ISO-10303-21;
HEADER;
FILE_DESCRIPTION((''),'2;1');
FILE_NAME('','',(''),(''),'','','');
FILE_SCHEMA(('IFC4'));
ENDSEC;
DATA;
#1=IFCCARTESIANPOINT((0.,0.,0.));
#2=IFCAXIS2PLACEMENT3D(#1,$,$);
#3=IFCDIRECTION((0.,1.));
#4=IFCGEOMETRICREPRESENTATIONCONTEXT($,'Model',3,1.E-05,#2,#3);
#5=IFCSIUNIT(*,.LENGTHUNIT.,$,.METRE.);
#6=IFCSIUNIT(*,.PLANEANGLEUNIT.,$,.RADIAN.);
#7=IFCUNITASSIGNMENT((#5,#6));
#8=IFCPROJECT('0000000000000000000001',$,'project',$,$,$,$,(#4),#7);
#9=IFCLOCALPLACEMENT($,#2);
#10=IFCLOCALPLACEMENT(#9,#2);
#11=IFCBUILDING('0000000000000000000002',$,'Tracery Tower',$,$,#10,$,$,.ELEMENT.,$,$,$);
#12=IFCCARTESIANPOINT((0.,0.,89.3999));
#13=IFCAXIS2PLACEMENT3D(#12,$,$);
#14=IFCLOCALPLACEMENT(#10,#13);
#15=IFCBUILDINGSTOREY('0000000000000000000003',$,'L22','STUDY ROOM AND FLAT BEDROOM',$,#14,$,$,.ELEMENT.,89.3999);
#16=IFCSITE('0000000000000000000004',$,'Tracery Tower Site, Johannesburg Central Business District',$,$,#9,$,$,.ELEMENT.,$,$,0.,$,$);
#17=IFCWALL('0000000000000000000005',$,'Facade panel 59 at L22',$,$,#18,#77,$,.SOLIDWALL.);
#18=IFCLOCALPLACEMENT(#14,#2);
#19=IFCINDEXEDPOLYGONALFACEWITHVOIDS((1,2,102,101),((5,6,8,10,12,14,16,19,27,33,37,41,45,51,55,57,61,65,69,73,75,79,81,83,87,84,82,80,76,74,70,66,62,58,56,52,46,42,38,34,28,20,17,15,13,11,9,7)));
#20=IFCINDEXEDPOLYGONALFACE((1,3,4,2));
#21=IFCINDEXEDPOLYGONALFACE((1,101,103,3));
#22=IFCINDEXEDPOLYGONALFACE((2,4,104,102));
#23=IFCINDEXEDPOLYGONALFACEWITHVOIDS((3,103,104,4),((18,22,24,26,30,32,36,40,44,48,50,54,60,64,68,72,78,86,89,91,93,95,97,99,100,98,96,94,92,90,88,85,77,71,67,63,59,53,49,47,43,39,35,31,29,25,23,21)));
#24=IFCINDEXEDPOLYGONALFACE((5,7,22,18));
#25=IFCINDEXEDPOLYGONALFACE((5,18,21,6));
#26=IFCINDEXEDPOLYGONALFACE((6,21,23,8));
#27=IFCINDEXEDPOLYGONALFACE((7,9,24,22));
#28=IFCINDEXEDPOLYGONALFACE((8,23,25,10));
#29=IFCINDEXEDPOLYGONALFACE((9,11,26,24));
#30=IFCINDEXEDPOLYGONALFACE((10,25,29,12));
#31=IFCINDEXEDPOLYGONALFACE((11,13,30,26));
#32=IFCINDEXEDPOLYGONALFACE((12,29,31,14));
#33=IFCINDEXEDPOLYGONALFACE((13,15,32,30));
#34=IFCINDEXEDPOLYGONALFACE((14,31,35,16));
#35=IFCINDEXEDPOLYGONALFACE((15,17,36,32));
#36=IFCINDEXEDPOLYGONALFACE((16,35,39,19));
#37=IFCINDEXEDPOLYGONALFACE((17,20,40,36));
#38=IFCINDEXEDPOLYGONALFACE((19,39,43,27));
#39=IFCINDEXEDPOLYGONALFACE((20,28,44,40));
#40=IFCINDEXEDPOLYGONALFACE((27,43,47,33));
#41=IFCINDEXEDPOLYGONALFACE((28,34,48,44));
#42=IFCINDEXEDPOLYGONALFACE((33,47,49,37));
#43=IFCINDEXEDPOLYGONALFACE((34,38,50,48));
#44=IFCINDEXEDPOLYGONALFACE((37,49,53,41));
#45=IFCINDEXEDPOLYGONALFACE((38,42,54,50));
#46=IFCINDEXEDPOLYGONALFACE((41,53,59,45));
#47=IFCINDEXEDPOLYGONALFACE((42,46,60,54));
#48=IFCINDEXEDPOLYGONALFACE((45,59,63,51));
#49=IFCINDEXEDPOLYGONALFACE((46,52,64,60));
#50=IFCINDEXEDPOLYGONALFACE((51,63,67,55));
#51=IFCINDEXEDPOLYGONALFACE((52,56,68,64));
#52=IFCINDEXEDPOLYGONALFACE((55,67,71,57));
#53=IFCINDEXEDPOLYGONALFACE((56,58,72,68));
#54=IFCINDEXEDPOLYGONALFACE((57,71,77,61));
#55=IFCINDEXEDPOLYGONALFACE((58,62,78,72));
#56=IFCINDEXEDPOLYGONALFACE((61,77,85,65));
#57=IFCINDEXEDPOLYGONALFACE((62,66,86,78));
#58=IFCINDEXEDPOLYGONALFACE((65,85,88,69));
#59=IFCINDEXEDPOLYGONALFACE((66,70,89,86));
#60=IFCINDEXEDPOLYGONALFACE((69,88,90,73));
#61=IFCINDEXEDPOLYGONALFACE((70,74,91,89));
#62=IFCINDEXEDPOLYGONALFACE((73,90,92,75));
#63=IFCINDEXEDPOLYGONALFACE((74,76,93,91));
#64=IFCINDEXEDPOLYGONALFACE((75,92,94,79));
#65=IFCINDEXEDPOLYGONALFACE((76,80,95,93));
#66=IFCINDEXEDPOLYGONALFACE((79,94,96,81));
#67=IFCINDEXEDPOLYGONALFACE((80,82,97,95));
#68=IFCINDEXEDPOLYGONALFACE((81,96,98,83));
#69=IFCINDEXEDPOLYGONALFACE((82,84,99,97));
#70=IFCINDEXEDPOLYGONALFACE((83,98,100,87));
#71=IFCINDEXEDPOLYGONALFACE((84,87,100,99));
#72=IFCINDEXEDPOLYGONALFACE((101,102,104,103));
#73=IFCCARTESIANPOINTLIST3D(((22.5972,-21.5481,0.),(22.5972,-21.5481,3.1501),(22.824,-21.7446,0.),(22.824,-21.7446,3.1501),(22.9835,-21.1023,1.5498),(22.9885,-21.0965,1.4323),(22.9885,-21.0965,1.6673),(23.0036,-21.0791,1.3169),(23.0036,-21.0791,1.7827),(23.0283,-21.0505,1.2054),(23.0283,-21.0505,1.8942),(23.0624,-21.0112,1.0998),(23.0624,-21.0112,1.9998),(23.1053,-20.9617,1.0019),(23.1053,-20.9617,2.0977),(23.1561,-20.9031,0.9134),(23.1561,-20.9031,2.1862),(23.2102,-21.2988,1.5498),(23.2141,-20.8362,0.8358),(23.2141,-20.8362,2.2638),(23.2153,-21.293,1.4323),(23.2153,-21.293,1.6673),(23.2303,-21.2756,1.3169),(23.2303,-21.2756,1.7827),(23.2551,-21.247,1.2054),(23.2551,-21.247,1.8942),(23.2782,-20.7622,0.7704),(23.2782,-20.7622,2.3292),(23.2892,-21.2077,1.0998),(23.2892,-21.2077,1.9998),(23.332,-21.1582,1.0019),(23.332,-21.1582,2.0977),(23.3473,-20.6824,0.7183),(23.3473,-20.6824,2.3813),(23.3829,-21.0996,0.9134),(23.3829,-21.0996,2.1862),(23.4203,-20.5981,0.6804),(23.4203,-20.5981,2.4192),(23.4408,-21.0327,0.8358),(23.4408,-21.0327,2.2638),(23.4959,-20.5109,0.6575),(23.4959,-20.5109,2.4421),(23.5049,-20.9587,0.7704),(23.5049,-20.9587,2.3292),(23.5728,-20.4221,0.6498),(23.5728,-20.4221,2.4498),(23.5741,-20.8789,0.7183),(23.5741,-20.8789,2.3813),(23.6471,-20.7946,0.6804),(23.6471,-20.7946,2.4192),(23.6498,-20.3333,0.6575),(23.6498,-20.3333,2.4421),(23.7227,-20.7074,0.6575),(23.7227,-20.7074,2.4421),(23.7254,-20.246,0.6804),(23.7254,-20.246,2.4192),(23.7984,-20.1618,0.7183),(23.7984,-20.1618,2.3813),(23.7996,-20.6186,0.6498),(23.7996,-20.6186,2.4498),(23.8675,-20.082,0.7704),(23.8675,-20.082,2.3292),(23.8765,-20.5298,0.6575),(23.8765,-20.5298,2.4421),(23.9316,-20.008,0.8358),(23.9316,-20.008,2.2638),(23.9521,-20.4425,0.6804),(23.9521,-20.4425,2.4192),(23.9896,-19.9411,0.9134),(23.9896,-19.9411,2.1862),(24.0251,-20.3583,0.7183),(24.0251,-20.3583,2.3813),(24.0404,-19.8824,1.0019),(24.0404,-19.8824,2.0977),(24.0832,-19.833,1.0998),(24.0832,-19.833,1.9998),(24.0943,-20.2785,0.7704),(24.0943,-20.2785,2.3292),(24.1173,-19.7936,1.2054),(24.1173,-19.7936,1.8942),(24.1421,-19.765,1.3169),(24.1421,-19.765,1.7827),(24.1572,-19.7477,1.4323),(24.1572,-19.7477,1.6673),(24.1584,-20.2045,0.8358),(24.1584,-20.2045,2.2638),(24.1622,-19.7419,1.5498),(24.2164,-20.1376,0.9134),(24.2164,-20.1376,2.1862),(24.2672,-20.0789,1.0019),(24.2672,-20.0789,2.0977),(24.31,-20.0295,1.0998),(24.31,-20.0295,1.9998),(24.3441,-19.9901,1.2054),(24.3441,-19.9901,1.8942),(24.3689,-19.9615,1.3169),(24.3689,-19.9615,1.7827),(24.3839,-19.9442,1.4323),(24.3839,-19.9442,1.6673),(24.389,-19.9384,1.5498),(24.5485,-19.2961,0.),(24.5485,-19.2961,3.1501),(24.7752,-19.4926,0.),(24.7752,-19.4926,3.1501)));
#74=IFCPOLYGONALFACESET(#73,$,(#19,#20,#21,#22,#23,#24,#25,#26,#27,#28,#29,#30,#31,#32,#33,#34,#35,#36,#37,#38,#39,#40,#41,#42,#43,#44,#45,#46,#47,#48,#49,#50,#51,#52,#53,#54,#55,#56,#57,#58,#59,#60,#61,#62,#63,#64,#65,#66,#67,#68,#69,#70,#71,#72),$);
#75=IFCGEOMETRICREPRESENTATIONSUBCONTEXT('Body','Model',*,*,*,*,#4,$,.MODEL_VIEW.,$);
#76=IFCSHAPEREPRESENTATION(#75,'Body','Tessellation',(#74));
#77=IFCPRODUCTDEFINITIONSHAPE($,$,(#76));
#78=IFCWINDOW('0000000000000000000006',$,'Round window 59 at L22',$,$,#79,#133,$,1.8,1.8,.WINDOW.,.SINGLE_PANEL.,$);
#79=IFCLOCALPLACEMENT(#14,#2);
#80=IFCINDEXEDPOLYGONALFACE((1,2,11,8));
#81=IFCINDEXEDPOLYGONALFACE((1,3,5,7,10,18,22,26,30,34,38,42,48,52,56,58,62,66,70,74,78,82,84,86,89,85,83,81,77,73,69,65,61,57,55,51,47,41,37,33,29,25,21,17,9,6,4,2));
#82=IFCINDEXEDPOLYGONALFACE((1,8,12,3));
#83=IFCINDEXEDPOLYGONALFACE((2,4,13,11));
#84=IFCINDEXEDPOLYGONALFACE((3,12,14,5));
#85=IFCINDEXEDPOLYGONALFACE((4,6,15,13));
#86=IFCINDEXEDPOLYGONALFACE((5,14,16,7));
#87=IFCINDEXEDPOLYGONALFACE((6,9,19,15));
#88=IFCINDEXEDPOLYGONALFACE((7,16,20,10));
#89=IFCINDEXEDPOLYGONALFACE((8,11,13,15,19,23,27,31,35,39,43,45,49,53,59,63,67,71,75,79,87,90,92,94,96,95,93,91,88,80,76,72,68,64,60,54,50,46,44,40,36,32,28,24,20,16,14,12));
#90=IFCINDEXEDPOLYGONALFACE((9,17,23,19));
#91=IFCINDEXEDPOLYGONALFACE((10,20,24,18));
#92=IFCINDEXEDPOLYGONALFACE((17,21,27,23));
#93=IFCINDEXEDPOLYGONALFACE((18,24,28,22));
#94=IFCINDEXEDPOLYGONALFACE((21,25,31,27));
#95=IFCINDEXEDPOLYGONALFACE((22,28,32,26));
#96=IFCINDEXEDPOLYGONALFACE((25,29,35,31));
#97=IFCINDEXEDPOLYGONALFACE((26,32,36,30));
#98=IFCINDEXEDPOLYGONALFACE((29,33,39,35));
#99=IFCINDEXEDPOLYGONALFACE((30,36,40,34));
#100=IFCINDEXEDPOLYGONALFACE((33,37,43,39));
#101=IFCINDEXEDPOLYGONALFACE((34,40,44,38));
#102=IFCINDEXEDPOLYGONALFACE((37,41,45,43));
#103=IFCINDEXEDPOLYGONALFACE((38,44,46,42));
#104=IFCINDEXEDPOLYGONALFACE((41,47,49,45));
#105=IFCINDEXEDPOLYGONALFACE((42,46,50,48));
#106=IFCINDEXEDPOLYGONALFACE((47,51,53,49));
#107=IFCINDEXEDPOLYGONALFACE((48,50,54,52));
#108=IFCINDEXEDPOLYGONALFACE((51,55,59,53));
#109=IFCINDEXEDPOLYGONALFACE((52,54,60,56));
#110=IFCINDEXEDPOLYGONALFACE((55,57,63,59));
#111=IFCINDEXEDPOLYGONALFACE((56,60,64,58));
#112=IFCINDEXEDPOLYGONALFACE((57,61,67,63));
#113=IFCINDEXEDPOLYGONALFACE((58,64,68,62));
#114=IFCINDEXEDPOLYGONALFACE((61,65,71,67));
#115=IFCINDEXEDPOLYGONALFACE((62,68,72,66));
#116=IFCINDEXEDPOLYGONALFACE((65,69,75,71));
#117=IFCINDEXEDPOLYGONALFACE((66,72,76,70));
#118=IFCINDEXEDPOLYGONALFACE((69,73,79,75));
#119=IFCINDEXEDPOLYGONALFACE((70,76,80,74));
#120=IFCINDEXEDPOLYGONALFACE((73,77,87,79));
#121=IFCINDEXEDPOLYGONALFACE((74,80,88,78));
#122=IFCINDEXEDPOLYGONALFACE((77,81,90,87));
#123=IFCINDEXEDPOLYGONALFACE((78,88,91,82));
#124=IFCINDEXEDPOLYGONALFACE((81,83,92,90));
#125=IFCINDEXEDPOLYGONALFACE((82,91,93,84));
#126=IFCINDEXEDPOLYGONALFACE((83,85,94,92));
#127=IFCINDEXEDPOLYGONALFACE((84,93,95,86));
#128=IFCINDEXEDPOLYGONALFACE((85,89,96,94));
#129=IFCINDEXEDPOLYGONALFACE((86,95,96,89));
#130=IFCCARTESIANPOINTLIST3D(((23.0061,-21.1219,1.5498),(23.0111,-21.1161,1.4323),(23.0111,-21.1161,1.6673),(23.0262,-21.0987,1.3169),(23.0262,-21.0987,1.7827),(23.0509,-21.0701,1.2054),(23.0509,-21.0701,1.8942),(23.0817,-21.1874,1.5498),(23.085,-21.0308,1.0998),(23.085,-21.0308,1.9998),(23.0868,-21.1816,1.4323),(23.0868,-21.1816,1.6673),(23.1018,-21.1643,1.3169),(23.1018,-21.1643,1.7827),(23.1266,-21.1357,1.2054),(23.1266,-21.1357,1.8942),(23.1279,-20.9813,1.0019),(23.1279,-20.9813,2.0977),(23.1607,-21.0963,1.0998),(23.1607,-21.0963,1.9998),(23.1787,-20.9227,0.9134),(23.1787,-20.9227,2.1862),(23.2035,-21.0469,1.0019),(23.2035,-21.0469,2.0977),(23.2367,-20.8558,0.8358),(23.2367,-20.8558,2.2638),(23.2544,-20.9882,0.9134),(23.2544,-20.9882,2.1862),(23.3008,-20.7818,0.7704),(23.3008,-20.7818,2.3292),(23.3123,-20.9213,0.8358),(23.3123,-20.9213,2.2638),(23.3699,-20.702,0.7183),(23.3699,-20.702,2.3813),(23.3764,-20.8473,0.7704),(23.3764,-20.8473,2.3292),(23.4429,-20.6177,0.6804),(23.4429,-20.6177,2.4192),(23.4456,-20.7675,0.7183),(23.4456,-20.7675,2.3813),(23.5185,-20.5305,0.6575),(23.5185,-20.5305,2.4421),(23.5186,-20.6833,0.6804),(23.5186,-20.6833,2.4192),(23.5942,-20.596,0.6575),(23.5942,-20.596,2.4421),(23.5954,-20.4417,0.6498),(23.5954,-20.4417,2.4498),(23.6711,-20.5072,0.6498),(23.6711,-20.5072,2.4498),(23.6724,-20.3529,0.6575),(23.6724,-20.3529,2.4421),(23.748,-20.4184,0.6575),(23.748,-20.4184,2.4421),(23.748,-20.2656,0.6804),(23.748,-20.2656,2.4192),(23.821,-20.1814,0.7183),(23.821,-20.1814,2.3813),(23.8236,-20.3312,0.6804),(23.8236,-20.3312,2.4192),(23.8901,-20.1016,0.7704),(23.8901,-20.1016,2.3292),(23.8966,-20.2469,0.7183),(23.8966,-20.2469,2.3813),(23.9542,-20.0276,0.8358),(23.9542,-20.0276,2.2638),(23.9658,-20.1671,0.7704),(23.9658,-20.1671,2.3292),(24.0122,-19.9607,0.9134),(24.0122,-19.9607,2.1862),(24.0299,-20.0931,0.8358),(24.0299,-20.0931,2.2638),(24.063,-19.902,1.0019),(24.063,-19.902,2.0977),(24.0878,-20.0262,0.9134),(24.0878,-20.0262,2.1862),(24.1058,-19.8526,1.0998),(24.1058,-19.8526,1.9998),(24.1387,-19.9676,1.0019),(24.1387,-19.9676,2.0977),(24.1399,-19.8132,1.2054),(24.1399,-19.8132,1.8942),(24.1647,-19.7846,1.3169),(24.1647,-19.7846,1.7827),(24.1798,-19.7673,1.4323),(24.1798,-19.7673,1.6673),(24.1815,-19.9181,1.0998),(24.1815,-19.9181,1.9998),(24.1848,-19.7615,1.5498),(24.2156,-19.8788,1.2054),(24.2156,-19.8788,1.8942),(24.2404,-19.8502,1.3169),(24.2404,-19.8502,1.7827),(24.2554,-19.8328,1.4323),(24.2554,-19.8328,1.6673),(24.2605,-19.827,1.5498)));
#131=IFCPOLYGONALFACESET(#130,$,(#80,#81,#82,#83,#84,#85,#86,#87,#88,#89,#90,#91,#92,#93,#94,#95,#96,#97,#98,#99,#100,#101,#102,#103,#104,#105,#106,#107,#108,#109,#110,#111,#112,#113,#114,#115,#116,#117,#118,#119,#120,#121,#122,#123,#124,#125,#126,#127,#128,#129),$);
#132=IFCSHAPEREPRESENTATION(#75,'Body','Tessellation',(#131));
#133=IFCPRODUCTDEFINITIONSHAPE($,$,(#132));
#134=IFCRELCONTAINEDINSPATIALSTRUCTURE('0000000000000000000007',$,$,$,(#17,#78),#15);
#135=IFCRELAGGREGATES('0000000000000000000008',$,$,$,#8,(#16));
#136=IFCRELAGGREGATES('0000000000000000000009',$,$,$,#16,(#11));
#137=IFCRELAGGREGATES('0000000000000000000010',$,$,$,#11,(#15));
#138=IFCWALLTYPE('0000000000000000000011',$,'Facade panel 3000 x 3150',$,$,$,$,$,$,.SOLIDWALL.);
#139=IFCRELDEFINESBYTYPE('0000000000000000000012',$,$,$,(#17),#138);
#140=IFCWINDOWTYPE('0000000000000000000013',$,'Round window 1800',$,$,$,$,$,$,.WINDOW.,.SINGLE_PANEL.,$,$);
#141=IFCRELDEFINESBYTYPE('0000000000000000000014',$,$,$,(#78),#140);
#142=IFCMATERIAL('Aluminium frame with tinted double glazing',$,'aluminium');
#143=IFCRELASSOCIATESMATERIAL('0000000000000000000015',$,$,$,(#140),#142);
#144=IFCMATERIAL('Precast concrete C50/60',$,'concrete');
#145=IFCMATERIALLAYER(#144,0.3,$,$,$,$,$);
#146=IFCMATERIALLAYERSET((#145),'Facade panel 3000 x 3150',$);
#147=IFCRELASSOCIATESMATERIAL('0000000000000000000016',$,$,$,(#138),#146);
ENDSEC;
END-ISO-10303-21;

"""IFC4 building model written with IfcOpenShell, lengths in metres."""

from ifc_helpers import new_model, si_unit, direction, frame, frame_2d, origin, origin_2d, place, context, subcontext, project, spatial, rectangle, circle, extrude, material, layer, layer_set, type_object, element, fill, save


model = new_model("IFC4")

# Units and contexts
model_context = context("Model", 3, precision=1e-05, world=origin(), true_north=direction((0.0, 1.0)))
body_context = subcontext(model_context, "Body", "Model", "MODEL_VIEW")
ifc_project = project(units=[si_unit("LENGTHUNIT", "METRE"), si_unit("PLANEANGLEUNIT", "RADIAN")], contexts=[model_context])

# Site, building, storey
site_placement = place(None, origin())
site = spatial("IfcSite", under=ifc_project, at=site_placement, Name="Tracery Tower Site, Johannesburg Central Business District", CompositionType="ELEMENT", RefElevation=0.0)
building_placement = place(site_placement, origin())
building = spatial("IfcBuilding", under=site, at=building_placement, Name="Tracery Tower", CompositionType="ELEMENT")
storey_placement = place(building_placement, frame((0.0, 0.0, 89.3999)))
storey = spatial("IfcBuildingStorey", under=building, at=storey_placement, Name="L22", Description="STUDY ROOM AND FLAT BEDROOM", CompositionType="ELEMENT", Elevation=89.3999)

# Wall, opening, window
ifc_material_1 = material(Name="Aluminium frame with tinted double glazing", Category="aluminium")
window_type = type_object("IfcWindowType", Name="Round window 1800", PartitioningType="SINGLE_PANEL", PredefinedType="WINDOW", material=ifc_material_1)
ifc_material_2 = material(Name="Precast concrete C50/60", Category="concrete")
ifc_layer_1 = layer(ifc_material_2, 0.3)
ifc_layer_set_1 = layer_set([ifc_layer_1], Name="Facade panel 3000 x 3150")
wall_type_1 = type_object("IfcWallType", Name="Facade panel 3000 x 3150", PredefinedType="SOLIDWALL", material=ifc_layer_set_1)
wall_1_placement = place(storey_placement, frame((22.7107, -21.6462, 0.0), z_axis=(0.0, 0.0, 1.0), x_axis=(0.654831, 0.755776, 0.0)))
wall_1 = element("IfcWall", 1, at=wall_1_placement, inside=storey, type_object=wall_type_1, Name="Facade panel 59 at L22", PredefinedType="SOLIDWALL", context=body_context, shape_type="SweptSolid", body=[
    extrude(rectangle(XDim=2.9797, YDim=0.3, at=frame_2d((1.4897, 0.0))), origin(), (0.0, 0.0, 1.0), 3.1501),
])
opening_1_placement = place(wall_1_placement, frame((1.4897, 0.0, 1.5498)))
opening_1 = element("IfcOpeningElement", 2, at=opening_1_placement, cuts=wall_1, PredefinedType="OPENING", context=body_context, shape_type="SweptSolid", body=[
    extrude(circle(Radius=0.9, at=origin_2d()), frame((0.0, 0.1599, 0.0), z_axis=(0.0, -1.0, 0.0), x_axis=(1.0, 0.0, 0.0)), (0.0, 0.0, 1.0), 0.3201),
])
window_1_placement = place(opening_1_placement, origin())
window_1 = element("IfcWindow", 3, at=window_1_placement, inside=storey, type_object=window_type, Name="Round window 59 at L22", OverallHeight=1.8, OverallWidth=1.8, PartitioningType="SINGLE_PANEL", PredefinedType="WINDOW", context=body_context, shape_type="SweptSolid", body=[
    extrude(circle(Radius=0.9, at=origin_2d()), frame((0.0, 0.1201, 0.0), z_axis=(0.0, -1.0, 0.0), x_axis=(1.0, 0.0, 0.0)), (0.0, 0.0, 1.0), 0.1001),
])
fill(opening_1, window_1)

save(model, "model.ifc")
